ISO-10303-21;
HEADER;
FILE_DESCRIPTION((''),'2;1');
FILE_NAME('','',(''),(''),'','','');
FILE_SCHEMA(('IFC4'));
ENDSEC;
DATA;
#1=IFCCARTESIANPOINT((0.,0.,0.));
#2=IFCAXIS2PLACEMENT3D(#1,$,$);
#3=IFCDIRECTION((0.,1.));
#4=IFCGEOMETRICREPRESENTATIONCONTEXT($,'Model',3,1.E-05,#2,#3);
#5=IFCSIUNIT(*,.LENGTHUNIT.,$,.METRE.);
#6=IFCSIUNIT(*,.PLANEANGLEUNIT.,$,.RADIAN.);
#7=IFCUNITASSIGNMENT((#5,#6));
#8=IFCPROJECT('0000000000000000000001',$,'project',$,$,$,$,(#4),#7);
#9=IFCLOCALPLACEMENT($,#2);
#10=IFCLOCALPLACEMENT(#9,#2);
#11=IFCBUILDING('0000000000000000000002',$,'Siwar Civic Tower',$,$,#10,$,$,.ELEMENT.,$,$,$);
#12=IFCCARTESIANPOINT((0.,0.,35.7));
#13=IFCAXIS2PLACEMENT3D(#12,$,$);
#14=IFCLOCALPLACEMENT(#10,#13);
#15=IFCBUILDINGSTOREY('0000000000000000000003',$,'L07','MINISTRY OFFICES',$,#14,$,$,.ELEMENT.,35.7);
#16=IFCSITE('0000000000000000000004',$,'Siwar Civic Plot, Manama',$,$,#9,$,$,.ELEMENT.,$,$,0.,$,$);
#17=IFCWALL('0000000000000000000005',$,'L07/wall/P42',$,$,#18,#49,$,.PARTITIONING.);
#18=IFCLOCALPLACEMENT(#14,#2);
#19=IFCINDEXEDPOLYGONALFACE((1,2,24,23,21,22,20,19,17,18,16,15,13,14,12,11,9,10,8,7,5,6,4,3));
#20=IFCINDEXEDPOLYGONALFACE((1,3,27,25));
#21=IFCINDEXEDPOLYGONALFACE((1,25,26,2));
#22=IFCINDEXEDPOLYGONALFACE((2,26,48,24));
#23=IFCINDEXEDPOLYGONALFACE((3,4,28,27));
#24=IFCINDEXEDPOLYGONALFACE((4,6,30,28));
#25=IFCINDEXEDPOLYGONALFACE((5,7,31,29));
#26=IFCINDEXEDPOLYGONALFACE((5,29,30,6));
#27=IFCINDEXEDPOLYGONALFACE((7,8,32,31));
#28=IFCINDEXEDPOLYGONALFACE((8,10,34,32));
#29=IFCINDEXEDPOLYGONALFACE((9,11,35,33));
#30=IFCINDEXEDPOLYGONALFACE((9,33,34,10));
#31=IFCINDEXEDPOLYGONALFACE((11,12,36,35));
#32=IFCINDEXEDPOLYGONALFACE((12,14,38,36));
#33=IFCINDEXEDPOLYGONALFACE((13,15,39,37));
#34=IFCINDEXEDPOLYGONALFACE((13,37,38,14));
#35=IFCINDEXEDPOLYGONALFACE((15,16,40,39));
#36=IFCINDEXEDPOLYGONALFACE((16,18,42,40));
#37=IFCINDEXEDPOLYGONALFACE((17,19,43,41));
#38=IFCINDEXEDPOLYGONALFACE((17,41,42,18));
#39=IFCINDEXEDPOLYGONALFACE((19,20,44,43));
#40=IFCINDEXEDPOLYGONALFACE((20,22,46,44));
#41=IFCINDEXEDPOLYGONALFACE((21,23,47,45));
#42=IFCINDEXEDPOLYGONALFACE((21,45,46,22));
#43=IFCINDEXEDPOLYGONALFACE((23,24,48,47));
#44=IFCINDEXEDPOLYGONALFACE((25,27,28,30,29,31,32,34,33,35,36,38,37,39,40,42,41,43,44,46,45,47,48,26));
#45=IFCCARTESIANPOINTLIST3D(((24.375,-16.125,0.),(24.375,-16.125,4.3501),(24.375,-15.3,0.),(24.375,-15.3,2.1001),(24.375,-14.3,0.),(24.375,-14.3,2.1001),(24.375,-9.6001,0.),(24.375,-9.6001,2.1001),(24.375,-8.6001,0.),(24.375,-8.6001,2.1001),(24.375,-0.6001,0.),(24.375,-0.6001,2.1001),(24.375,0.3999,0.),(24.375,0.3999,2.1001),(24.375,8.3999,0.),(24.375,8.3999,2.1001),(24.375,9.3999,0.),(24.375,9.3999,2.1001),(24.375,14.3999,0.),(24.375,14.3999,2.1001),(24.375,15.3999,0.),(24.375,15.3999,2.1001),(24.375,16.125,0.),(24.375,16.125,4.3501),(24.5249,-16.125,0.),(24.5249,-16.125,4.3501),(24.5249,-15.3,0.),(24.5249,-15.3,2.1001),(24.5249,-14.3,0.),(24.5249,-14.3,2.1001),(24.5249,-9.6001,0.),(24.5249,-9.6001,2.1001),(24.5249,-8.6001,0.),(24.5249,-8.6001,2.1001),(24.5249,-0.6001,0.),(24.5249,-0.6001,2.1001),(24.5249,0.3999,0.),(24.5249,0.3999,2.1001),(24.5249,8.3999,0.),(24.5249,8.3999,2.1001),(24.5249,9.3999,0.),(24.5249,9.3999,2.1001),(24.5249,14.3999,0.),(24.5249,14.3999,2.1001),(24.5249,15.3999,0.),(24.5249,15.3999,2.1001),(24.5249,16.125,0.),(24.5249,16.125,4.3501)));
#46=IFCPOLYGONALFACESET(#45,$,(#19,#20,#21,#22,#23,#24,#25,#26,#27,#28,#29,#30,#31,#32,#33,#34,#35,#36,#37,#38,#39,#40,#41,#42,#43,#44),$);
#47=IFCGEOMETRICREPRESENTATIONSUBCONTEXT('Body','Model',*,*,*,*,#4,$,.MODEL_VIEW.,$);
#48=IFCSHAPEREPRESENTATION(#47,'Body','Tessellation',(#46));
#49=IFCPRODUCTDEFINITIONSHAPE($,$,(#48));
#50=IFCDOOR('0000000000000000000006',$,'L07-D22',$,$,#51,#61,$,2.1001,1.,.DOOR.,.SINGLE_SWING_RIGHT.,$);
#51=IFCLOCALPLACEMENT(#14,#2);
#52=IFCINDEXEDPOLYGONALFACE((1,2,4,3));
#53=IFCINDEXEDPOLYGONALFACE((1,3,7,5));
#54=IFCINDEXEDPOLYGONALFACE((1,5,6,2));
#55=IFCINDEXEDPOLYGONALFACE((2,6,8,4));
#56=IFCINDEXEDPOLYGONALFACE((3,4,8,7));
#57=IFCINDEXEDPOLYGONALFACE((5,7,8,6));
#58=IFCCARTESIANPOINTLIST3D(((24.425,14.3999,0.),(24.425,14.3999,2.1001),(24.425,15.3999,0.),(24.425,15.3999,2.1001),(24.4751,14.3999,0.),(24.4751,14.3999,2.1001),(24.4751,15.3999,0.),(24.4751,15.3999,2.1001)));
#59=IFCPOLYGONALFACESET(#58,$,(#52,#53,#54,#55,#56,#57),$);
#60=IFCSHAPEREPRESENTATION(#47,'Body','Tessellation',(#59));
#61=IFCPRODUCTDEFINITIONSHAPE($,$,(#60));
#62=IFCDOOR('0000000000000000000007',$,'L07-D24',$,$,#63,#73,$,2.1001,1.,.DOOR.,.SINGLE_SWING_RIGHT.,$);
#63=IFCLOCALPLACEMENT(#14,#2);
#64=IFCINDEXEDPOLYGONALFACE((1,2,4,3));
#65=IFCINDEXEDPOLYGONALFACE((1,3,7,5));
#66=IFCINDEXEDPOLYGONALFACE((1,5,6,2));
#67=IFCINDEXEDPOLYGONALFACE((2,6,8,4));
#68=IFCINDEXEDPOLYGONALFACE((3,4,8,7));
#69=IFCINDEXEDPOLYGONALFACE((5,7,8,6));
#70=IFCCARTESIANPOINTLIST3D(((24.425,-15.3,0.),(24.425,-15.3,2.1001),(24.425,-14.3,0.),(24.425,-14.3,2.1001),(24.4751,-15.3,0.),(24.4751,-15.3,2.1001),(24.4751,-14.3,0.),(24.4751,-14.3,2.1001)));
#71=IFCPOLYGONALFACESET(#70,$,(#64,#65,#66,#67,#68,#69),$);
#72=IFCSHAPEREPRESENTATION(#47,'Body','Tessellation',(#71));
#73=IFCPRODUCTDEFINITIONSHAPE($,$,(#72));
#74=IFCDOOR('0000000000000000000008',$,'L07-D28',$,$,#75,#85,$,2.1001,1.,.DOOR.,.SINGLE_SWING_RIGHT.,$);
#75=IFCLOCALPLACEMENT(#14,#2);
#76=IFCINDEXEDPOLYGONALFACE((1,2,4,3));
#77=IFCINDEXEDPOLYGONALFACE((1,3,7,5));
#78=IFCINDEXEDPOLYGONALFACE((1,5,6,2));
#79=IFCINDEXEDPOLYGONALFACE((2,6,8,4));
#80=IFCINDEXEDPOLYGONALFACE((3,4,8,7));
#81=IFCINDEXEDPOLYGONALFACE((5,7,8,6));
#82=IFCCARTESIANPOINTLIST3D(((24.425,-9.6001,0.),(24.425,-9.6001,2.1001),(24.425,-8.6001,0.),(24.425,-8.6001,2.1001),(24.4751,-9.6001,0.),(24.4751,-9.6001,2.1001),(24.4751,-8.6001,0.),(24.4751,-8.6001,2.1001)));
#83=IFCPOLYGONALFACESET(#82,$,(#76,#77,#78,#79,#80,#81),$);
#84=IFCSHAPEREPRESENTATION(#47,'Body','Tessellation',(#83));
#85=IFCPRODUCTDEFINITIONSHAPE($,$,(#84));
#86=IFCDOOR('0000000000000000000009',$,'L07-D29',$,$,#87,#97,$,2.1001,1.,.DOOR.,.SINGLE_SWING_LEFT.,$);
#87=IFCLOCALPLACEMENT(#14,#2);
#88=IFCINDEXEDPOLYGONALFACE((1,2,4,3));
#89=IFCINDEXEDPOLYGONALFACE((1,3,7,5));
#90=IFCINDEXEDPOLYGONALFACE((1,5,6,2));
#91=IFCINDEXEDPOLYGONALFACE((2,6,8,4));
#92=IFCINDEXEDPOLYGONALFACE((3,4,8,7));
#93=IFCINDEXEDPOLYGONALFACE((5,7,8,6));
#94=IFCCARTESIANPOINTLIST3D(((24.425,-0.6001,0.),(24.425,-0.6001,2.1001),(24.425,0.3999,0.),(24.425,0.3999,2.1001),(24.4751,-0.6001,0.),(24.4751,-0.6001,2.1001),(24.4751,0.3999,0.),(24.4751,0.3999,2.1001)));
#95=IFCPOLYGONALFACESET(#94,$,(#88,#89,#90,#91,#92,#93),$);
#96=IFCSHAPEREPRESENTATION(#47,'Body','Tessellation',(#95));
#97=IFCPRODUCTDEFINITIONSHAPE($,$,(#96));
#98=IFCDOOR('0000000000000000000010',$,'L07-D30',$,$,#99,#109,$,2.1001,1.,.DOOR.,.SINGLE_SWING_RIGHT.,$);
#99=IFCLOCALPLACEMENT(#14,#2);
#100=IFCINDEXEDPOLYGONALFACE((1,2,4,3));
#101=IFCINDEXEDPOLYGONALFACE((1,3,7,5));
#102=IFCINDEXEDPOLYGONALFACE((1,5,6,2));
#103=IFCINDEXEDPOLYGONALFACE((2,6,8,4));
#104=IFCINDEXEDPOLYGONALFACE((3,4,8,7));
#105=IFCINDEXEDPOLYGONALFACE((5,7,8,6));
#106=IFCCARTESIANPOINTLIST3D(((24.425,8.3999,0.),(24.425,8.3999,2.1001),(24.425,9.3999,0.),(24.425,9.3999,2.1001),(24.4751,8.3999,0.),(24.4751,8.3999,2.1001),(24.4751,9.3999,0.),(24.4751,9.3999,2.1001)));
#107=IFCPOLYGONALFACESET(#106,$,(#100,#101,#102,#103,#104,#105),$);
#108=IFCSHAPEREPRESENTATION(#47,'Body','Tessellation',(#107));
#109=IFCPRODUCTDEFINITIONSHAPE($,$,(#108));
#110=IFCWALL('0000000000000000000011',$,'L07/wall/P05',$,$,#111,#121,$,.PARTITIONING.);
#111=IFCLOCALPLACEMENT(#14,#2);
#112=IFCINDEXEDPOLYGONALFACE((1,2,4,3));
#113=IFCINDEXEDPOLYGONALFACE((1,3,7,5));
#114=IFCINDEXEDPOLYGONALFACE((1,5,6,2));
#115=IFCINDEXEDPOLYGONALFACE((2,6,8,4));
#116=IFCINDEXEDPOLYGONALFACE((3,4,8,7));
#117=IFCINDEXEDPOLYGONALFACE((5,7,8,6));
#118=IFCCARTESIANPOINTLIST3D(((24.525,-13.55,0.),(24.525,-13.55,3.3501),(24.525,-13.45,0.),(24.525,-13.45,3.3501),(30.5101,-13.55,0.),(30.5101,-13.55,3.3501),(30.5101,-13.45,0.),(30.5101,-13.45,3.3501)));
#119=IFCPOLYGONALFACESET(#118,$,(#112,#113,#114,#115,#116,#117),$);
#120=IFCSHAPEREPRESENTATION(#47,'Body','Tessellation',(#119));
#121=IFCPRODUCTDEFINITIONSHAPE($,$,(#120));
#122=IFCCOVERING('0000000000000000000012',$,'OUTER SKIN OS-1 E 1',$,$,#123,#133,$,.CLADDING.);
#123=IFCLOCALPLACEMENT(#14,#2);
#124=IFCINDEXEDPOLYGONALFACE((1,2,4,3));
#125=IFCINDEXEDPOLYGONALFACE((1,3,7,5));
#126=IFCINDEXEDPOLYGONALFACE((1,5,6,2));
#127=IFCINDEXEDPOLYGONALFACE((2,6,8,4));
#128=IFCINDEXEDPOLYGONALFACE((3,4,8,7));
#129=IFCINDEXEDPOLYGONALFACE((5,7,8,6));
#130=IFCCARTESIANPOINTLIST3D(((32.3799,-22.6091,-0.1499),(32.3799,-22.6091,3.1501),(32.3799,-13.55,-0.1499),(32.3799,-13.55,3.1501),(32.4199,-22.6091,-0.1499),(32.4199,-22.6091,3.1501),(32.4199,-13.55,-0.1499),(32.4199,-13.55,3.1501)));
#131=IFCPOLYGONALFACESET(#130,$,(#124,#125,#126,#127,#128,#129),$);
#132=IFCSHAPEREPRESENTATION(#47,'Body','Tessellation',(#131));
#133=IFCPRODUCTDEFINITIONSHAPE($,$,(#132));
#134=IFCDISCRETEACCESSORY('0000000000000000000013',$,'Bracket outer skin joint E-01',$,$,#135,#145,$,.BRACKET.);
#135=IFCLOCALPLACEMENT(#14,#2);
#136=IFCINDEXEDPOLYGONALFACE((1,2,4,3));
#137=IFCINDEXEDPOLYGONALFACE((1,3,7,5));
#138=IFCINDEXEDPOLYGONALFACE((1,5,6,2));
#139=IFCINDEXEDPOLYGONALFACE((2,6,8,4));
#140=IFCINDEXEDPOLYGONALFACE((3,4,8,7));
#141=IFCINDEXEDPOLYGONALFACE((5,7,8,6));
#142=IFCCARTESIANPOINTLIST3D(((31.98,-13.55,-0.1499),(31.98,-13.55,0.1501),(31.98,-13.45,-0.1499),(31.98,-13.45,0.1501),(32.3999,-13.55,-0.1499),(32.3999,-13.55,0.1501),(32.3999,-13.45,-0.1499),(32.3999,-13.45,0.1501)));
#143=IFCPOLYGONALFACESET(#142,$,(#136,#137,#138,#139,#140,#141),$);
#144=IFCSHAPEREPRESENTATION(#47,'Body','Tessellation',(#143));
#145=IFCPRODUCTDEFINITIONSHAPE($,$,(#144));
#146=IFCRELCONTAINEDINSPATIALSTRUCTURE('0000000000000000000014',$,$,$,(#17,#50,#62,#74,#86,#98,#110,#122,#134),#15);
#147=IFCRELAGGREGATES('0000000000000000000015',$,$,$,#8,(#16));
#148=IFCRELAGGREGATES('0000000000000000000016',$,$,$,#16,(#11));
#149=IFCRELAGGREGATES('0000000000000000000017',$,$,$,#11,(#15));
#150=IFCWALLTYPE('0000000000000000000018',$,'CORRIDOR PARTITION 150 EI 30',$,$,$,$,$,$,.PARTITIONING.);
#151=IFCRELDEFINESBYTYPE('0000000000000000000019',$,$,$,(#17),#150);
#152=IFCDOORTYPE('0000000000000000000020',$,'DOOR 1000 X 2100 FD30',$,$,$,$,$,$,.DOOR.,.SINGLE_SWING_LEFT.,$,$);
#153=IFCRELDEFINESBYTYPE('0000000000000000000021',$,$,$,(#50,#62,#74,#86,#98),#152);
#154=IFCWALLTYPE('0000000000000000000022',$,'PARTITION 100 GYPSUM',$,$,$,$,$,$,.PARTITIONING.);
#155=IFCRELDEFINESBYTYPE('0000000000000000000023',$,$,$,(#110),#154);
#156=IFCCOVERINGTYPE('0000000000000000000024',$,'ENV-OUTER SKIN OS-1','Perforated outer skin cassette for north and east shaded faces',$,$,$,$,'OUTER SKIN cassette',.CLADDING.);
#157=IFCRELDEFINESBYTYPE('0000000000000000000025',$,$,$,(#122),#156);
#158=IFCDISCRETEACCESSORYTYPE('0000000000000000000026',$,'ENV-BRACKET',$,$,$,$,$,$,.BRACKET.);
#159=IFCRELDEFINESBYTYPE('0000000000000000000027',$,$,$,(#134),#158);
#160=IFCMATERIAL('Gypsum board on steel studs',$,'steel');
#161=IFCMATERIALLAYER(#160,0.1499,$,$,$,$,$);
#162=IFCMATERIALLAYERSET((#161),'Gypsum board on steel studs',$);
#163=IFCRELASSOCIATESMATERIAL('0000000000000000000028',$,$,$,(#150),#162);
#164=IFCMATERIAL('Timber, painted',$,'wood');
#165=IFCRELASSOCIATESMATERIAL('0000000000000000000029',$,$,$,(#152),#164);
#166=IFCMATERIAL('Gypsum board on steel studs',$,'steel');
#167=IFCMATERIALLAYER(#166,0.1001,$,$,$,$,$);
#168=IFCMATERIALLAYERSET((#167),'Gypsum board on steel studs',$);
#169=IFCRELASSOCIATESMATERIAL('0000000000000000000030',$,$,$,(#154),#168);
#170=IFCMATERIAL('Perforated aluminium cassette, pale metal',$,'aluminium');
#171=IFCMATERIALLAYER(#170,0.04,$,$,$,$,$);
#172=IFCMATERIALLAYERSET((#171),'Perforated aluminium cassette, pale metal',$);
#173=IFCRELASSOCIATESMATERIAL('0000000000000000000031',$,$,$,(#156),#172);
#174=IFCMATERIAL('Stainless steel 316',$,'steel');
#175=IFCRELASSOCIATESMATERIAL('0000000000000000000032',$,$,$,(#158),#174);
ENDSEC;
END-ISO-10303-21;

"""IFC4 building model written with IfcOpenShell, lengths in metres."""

from ifc_helpers import new_model, si_unit, direction, frame, frame_2d, origin, origin_2d, place, context, subcontext, project, spatial, rectangle, extrude, material, layer, layer_set, type_object, element, fill, save


model = new_model("IFC4")

# Units and contexts
model_context = context("Model", 3, precision=1e-05, world=origin(), true_north=direction((0.0, 1.0)))
body_context = subcontext(model_context, "Body", "Model", "MODEL_VIEW")
ifc_project = project(units=[si_unit("LENGTHUNIT", "METRE"), si_unit("PLANEANGLEUNIT", "RADIAN")], contexts=[model_context])

# Site, building, storey
site_placement = place(None, origin())
site = spatial("IfcSite", under=ifc_project, at=site_placement, Name="Siwar Civic Plot, Manama", CompositionType="ELEMENT", RefElevation=0.0)
building_placement = place(site_placement, origin())
building = spatial("IfcBuilding", under=site, at=building_placement, Name="Siwar Civic Tower", CompositionType="ELEMENT")
storey_placement = place(building_placement, frame((0.0, 0.0, 35.7)))
storey = spatial("IfcBuildingStorey", under=building, at=storey_placement, Name="L07", Description="MINISTRY OFFICES", CompositionType="ELEMENT", Elevation=35.7)

# Wall, openings, doors
ifc_material_1 = material(Name="Gypsum board on steel studs", Category="steel")
ifc_layer_1 = layer(ifc_material_1, 0.1499)
ifc_layer_set_1 = layer_set([ifc_layer_1], Name="Gypsum board on steel studs")
wall_type_1 = type_object("IfcWallType", Name="CORRIDOR PARTITION 150 EI 30", PredefinedType="PARTITIONING", material=ifc_layer_set_1)
wall_1_placement = place(storey_placement, frame((24.45, -16.125, 0.0), z_axis=(0.0, 0.0, 1.0), x_axis=(0.0, 1.0, 0.0)))
wall_1 = element("IfcWall", 1, at=wall_1_placement, inside=storey, type_object=wall_type_1, Name="L07/wall/P42", PredefinedType="PARTITIONING", context=body_context, shape_type="SweptSolid", body=[
    extrude(rectangle(XDim=32.25, YDim=0.1499, at=frame_2d((16.125, 0.0))), origin(), (0.0, 0.0, 1.0), 4.3501),
])
opening_1_placement = place(wall_1_placement, frame((30.5249, 0.0, 0.0)))
opening_1 = element("IfcOpeningElement", 2, at=opening_1_placement, cuts=wall_1, PredefinedType="OPENING", context=body_context, shape_type="SweptSolid", body=[
    extrude(rectangle(XDim=1.0, YDim=2.1001, at=frame_2d((0.5, 1.05))), frame((0.0, 0.085, 0.0), z_axis=(0.0, -1.0, 0.0), x_axis=(1.0, 0.0, 0.0)), (0.0, 0.0, 1.0), 0.1699),
])
opening_2_placement = place(wall_1_placement, frame((0.825, 0.0, 0.0)))
opening_2 = element("IfcOpeningElement", 3, at=opening_2_placement, cuts=wall_1, PredefinedType="OPENING", context=body_context, shape_type="SweptSolid", body=[
    extrude(rectangle(XDim=1.0, YDim=2.1001, at=frame_2d((0.5, 1.05))), frame((0.0, 0.085, 0.0), z_axis=(0.0, -1.0, 0.0), x_axis=(1.0, 0.0, 0.0)), (0.0, 0.0, 1.0), 0.1699),
])
opening_3_placement = place(wall_1_placement, frame((6.5249, 0.0, 0.0)))
opening_3 = element("IfcOpeningElement", 4, at=opening_3_placement, cuts=wall_1, PredefinedType="OPENING", context=body_context, shape_type="SweptSolid", body=[
    extrude(rectangle(XDim=1.0, YDim=2.1001, at=frame_2d((0.5, 1.05))), frame((0.0, 0.085, 0.0), z_axis=(0.0, -1.0, 0.0), x_axis=(1.0, 0.0, 0.0)), (0.0, 0.0, 1.0), 0.1699),
])
opening_4_placement = place(wall_1_placement, frame((15.5249, 0.0, 0.0)))
opening_4 = element("IfcOpeningElement", 5, at=opening_4_placement, cuts=wall_1, PredefinedType="OPENING", context=body_context, shape_type="SweptSolid", body=[
    extrude(rectangle(XDim=1.0, YDim=2.1001, at=frame_2d((0.5, 1.05))), frame((0.0, 0.085, 0.0), z_axis=(0.0, -1.0, 0.0), x_axis=(1.0, 0.0, 0.0)), (0.0, 0.0, 1.0), 0.1699),
])
opening_5_placement = place(wall_1_placement, frame((24.5249, 0.0, 0.0)))
opening_5 = element("IfcOpeningElement", 6, at=opening_5_placement, cuts=wall_1, PredefinedType="OPENING", context=body_context, shape_type="SweptSolid", body=[
    extrude(rectangle(XDim=1.0, YDim=2.1001, at=frame_2d((0.5, 1.05))), frame((0.0, 0.085, 0.0), z_axis=(0.0, -1.0, 0.0), x_axis=(1.0, 0.0, 0.0)), (0.0, 0.0, 1.0), 0.1699),
])
ifc_material_2 = material(Name="Timber, painted", Category="wood")
door_type = type_object("IfcDoorType", Name="DOOR 1000 X 2100 FD30", OperationType="SINGLE_SWING_LEFT", PredefinedType="DOOR", material=ifc_material_2)
door_1_placement = place(opening_1_placement, origin())
door_1 = element("IfcDoor", 7, at=door_1_placement, inside=storey, type_object=door_type, Name="L07-D22", OperationType="SINGLE_SWING_RIGHT", OverallHeight=2.1001, OverallWidth=1.0, PredefinedType="DOOR", context=body_context, shape_type="SweptSolid", body=[
    extrude(rectangle(XDim=1.0, YDim=2.1001, at=frame_2d((0.5, 1.05))), frame((0.0, 0.0249, 0.0), z_axis=(0.0, -1.0, 0.0), x_axis=(1.0, 0.0, 0.0)), (0.0, 0.0, 1.0), 0.05),
])
fill(opening_1, door_1)
door_2_placement = place(opening_2_placement, origin())
door_2 = element("IfcDoor", 8, at=door_2_placement, inside=storey, type_object=door_type, Name="L07-D24", OperationType="SINGLE_SWING_RIGHT", OverallHeight=2.1001, OverallWidth=1.0, PredefinedType="DOOR", context=body_context, shape_type="SweptSolid", body=[
    extrude(rectangle(XDim=1.0, YDim=2.1001, at=frame_2d((0.5, 1.05))), frame((0.0, 0.0249, 0.0), z_axis=(0.0, -1.0, 0.0), x_axis=(1.0, 0.0, 0.0)), (0.0, 0.0, 1.0), 0.05),
])
fill(opening_2, door_2)
door_3_placement = place(opening_3_placement, origin())
door_3 = element("IfcDoor", 9, at=door_3_placement, inside=storey, type_object=door_type, Name="L07-D28", OperationType="SINGLE_SWING_RIGHT", OverallHeight=2.1001, OverallWidth=1.0, PredefinedType="DOOR", context=body_context, shape_type="SweptSolid", body=[
    extrude(rectangle(XDim=1.0, YDim=2.1001, at=frame_2d((0.5, 1.05))), frame((0.0, 0.0249, 0.0), z_axis=(0.0, -1.0, 0.0), x_axis=(1.0, 0.0, 0.0)), (0.0, 0.0, 1.0), 0.05),
])
fill(opening_3, door_3)
door_4_placement = place(opening_4_placement, origin())
door_4 = element("IfcDoor", 10, at=door_4_placement, inside=storey, type_object=door_type, Name="L07-D29", OperationType="SINGLE_SWING_LEFT", OverallHeight=2.1001, OverallWidth=1.0, PredefinedType="DOOR", context=body_context, shape_type="SweptSolid", body=[
    extrude(rectangle(XDim=1.0, YDim=2.1001, at=frame_2d((0.5, 1.05))), frame((0.0, 0.0249, 0.0), z_axis=(0.0, -1.0, 0.0), x_axis=(1.0, 0.0, 0.0)), (0.0, 0.0, 1.0), 0.05),
])
fill(opening_4, door_4)
door_5_placement = place(opening_5_placement, origin())
door_5 = element("IfcDoor", 11, at=door_5_placement, inside=storey, type_object=door_type, Name="L07-D30", OperationType="SINGLE_SWING_RIGHT", OverallHeight=2.1001, OverallWidth=1.0, PredefinedType="DOOR", context=body_context, shape_type="SweptSolid", body=[
    extrude(rectangle(XDim=1.0, YDim=2.1001, at=frame_2d((0.5, 1.05))), frame((0.0, 0.0249, 0.0), z_axis=(0.0, -1.0, 0.0), x_axis=(1.0, 0.0, 0.0)), (0.0, 0.0, 1.0), 0.05),
])
fill(opening_5, door_5)

# Wall
ifc_material_3 = material(Name="Gypsum board on steel studs", Category="steel")
ifc_layer_2 = layer(ifc_material_3, 0.1001)
ifc_layer_set_2 = layer_set([ifc_layer_2], Name="Gypsum board on steel studs")
wall_type_2 = type_object("IfcWallType", Name="PARTITION 100 GYPSUM", PredefinedType="PARTITIONING", material=ifc_layer_set_2)
wall_2_placement = place(storey_placement, frame((24.5249, -13.5, 0.0), z_axis=(0.0, 0.0, 1.0), x_axis=(1.0, 0.0, 0.0)))
element("IfcWall", 12, at=wall_2_placement, inside=storey, type_object=wall_type_2, Name="L07/wall/P05", PredefinedType="PARTITIONING", context=body_context, shape_type="SweptSolid", body=[
    extrude(rectangle(XDim=5.9851, YDim=0.1001, at=frame_2d((2.9927, 0.0))), origin(), (0.0, 0.0, 1.0), 3.3501),
])

# Covering
ifc_material_4 = material(Name="Perforated aluminium cassette, pale metal", Category="aluminium")
ifc_layer_3 = layer(ifc_material_4, 0.04)
ifc_layer_set_3 = layer_set([ifc_layer_3], Name="Perforated aluminium cassette, pale metal")
covering_type = type_object("IfcCoveringType", Name="ENV-OUTER SKIN OS-1", Description="Perforated outer skin cassette for north and east shaded faces", ElementType="OUTER SKIN cassette", PredefinedType="CLADDING", material=ifc_layer_set_3)
covering_placement = place(storey_placement, frame((32.3999, -18.0796, -0.1499), z_axis=(0.0, 0.0, 1.0), x_axis=(0.0, 1.0, 0.0)))
element("IfcCovering", 13, at=covering_placement, inside=storey, type_object=covering_type, Name="OUTER SKIN OS-1 E 1", PredefinedType="CLADDING", context=body_context, shape_type="SweptSolid", body=[
    extrude(rectangle(XDim=9.0591, YDim=0.04, at=origin_2d()), origin(), (0.0, 0.0, 1.0), 3.3),
])

# Discrete accessory
ifc_material_5 = material(Name="Stainless steel 316", Category="steel")
discrete_accessory_type = type_object("IfcDiscreteAccessoryType", Name="ENV-BRACKET", PredefinedType="BRACKET", material=ifc_material_5)
discrete_accessory_placement = place(storey_placement, frame((32.1899, -13.5, -0.1499), z_axis=(0.0, 0.0, 1.0), x_axis=(1.0, 0.0, 0.0)))
element("IfcDiscreteAccessory", 14, at=discrete_accessory_placement, inside=storey, type_object=discrete_accessory_type, Name="Bracket outer skin joint E-01", PredefinedType="BRACKET", context=body_context, shape_type="SweptSolid", body=[
    extrude(rectangle(XDim=0.4199, YDim=0.1001, at=origin_2d()), origin(), (0.0, 0.0, 1.0), 0.3),
])

save(model, "model.ifc")
